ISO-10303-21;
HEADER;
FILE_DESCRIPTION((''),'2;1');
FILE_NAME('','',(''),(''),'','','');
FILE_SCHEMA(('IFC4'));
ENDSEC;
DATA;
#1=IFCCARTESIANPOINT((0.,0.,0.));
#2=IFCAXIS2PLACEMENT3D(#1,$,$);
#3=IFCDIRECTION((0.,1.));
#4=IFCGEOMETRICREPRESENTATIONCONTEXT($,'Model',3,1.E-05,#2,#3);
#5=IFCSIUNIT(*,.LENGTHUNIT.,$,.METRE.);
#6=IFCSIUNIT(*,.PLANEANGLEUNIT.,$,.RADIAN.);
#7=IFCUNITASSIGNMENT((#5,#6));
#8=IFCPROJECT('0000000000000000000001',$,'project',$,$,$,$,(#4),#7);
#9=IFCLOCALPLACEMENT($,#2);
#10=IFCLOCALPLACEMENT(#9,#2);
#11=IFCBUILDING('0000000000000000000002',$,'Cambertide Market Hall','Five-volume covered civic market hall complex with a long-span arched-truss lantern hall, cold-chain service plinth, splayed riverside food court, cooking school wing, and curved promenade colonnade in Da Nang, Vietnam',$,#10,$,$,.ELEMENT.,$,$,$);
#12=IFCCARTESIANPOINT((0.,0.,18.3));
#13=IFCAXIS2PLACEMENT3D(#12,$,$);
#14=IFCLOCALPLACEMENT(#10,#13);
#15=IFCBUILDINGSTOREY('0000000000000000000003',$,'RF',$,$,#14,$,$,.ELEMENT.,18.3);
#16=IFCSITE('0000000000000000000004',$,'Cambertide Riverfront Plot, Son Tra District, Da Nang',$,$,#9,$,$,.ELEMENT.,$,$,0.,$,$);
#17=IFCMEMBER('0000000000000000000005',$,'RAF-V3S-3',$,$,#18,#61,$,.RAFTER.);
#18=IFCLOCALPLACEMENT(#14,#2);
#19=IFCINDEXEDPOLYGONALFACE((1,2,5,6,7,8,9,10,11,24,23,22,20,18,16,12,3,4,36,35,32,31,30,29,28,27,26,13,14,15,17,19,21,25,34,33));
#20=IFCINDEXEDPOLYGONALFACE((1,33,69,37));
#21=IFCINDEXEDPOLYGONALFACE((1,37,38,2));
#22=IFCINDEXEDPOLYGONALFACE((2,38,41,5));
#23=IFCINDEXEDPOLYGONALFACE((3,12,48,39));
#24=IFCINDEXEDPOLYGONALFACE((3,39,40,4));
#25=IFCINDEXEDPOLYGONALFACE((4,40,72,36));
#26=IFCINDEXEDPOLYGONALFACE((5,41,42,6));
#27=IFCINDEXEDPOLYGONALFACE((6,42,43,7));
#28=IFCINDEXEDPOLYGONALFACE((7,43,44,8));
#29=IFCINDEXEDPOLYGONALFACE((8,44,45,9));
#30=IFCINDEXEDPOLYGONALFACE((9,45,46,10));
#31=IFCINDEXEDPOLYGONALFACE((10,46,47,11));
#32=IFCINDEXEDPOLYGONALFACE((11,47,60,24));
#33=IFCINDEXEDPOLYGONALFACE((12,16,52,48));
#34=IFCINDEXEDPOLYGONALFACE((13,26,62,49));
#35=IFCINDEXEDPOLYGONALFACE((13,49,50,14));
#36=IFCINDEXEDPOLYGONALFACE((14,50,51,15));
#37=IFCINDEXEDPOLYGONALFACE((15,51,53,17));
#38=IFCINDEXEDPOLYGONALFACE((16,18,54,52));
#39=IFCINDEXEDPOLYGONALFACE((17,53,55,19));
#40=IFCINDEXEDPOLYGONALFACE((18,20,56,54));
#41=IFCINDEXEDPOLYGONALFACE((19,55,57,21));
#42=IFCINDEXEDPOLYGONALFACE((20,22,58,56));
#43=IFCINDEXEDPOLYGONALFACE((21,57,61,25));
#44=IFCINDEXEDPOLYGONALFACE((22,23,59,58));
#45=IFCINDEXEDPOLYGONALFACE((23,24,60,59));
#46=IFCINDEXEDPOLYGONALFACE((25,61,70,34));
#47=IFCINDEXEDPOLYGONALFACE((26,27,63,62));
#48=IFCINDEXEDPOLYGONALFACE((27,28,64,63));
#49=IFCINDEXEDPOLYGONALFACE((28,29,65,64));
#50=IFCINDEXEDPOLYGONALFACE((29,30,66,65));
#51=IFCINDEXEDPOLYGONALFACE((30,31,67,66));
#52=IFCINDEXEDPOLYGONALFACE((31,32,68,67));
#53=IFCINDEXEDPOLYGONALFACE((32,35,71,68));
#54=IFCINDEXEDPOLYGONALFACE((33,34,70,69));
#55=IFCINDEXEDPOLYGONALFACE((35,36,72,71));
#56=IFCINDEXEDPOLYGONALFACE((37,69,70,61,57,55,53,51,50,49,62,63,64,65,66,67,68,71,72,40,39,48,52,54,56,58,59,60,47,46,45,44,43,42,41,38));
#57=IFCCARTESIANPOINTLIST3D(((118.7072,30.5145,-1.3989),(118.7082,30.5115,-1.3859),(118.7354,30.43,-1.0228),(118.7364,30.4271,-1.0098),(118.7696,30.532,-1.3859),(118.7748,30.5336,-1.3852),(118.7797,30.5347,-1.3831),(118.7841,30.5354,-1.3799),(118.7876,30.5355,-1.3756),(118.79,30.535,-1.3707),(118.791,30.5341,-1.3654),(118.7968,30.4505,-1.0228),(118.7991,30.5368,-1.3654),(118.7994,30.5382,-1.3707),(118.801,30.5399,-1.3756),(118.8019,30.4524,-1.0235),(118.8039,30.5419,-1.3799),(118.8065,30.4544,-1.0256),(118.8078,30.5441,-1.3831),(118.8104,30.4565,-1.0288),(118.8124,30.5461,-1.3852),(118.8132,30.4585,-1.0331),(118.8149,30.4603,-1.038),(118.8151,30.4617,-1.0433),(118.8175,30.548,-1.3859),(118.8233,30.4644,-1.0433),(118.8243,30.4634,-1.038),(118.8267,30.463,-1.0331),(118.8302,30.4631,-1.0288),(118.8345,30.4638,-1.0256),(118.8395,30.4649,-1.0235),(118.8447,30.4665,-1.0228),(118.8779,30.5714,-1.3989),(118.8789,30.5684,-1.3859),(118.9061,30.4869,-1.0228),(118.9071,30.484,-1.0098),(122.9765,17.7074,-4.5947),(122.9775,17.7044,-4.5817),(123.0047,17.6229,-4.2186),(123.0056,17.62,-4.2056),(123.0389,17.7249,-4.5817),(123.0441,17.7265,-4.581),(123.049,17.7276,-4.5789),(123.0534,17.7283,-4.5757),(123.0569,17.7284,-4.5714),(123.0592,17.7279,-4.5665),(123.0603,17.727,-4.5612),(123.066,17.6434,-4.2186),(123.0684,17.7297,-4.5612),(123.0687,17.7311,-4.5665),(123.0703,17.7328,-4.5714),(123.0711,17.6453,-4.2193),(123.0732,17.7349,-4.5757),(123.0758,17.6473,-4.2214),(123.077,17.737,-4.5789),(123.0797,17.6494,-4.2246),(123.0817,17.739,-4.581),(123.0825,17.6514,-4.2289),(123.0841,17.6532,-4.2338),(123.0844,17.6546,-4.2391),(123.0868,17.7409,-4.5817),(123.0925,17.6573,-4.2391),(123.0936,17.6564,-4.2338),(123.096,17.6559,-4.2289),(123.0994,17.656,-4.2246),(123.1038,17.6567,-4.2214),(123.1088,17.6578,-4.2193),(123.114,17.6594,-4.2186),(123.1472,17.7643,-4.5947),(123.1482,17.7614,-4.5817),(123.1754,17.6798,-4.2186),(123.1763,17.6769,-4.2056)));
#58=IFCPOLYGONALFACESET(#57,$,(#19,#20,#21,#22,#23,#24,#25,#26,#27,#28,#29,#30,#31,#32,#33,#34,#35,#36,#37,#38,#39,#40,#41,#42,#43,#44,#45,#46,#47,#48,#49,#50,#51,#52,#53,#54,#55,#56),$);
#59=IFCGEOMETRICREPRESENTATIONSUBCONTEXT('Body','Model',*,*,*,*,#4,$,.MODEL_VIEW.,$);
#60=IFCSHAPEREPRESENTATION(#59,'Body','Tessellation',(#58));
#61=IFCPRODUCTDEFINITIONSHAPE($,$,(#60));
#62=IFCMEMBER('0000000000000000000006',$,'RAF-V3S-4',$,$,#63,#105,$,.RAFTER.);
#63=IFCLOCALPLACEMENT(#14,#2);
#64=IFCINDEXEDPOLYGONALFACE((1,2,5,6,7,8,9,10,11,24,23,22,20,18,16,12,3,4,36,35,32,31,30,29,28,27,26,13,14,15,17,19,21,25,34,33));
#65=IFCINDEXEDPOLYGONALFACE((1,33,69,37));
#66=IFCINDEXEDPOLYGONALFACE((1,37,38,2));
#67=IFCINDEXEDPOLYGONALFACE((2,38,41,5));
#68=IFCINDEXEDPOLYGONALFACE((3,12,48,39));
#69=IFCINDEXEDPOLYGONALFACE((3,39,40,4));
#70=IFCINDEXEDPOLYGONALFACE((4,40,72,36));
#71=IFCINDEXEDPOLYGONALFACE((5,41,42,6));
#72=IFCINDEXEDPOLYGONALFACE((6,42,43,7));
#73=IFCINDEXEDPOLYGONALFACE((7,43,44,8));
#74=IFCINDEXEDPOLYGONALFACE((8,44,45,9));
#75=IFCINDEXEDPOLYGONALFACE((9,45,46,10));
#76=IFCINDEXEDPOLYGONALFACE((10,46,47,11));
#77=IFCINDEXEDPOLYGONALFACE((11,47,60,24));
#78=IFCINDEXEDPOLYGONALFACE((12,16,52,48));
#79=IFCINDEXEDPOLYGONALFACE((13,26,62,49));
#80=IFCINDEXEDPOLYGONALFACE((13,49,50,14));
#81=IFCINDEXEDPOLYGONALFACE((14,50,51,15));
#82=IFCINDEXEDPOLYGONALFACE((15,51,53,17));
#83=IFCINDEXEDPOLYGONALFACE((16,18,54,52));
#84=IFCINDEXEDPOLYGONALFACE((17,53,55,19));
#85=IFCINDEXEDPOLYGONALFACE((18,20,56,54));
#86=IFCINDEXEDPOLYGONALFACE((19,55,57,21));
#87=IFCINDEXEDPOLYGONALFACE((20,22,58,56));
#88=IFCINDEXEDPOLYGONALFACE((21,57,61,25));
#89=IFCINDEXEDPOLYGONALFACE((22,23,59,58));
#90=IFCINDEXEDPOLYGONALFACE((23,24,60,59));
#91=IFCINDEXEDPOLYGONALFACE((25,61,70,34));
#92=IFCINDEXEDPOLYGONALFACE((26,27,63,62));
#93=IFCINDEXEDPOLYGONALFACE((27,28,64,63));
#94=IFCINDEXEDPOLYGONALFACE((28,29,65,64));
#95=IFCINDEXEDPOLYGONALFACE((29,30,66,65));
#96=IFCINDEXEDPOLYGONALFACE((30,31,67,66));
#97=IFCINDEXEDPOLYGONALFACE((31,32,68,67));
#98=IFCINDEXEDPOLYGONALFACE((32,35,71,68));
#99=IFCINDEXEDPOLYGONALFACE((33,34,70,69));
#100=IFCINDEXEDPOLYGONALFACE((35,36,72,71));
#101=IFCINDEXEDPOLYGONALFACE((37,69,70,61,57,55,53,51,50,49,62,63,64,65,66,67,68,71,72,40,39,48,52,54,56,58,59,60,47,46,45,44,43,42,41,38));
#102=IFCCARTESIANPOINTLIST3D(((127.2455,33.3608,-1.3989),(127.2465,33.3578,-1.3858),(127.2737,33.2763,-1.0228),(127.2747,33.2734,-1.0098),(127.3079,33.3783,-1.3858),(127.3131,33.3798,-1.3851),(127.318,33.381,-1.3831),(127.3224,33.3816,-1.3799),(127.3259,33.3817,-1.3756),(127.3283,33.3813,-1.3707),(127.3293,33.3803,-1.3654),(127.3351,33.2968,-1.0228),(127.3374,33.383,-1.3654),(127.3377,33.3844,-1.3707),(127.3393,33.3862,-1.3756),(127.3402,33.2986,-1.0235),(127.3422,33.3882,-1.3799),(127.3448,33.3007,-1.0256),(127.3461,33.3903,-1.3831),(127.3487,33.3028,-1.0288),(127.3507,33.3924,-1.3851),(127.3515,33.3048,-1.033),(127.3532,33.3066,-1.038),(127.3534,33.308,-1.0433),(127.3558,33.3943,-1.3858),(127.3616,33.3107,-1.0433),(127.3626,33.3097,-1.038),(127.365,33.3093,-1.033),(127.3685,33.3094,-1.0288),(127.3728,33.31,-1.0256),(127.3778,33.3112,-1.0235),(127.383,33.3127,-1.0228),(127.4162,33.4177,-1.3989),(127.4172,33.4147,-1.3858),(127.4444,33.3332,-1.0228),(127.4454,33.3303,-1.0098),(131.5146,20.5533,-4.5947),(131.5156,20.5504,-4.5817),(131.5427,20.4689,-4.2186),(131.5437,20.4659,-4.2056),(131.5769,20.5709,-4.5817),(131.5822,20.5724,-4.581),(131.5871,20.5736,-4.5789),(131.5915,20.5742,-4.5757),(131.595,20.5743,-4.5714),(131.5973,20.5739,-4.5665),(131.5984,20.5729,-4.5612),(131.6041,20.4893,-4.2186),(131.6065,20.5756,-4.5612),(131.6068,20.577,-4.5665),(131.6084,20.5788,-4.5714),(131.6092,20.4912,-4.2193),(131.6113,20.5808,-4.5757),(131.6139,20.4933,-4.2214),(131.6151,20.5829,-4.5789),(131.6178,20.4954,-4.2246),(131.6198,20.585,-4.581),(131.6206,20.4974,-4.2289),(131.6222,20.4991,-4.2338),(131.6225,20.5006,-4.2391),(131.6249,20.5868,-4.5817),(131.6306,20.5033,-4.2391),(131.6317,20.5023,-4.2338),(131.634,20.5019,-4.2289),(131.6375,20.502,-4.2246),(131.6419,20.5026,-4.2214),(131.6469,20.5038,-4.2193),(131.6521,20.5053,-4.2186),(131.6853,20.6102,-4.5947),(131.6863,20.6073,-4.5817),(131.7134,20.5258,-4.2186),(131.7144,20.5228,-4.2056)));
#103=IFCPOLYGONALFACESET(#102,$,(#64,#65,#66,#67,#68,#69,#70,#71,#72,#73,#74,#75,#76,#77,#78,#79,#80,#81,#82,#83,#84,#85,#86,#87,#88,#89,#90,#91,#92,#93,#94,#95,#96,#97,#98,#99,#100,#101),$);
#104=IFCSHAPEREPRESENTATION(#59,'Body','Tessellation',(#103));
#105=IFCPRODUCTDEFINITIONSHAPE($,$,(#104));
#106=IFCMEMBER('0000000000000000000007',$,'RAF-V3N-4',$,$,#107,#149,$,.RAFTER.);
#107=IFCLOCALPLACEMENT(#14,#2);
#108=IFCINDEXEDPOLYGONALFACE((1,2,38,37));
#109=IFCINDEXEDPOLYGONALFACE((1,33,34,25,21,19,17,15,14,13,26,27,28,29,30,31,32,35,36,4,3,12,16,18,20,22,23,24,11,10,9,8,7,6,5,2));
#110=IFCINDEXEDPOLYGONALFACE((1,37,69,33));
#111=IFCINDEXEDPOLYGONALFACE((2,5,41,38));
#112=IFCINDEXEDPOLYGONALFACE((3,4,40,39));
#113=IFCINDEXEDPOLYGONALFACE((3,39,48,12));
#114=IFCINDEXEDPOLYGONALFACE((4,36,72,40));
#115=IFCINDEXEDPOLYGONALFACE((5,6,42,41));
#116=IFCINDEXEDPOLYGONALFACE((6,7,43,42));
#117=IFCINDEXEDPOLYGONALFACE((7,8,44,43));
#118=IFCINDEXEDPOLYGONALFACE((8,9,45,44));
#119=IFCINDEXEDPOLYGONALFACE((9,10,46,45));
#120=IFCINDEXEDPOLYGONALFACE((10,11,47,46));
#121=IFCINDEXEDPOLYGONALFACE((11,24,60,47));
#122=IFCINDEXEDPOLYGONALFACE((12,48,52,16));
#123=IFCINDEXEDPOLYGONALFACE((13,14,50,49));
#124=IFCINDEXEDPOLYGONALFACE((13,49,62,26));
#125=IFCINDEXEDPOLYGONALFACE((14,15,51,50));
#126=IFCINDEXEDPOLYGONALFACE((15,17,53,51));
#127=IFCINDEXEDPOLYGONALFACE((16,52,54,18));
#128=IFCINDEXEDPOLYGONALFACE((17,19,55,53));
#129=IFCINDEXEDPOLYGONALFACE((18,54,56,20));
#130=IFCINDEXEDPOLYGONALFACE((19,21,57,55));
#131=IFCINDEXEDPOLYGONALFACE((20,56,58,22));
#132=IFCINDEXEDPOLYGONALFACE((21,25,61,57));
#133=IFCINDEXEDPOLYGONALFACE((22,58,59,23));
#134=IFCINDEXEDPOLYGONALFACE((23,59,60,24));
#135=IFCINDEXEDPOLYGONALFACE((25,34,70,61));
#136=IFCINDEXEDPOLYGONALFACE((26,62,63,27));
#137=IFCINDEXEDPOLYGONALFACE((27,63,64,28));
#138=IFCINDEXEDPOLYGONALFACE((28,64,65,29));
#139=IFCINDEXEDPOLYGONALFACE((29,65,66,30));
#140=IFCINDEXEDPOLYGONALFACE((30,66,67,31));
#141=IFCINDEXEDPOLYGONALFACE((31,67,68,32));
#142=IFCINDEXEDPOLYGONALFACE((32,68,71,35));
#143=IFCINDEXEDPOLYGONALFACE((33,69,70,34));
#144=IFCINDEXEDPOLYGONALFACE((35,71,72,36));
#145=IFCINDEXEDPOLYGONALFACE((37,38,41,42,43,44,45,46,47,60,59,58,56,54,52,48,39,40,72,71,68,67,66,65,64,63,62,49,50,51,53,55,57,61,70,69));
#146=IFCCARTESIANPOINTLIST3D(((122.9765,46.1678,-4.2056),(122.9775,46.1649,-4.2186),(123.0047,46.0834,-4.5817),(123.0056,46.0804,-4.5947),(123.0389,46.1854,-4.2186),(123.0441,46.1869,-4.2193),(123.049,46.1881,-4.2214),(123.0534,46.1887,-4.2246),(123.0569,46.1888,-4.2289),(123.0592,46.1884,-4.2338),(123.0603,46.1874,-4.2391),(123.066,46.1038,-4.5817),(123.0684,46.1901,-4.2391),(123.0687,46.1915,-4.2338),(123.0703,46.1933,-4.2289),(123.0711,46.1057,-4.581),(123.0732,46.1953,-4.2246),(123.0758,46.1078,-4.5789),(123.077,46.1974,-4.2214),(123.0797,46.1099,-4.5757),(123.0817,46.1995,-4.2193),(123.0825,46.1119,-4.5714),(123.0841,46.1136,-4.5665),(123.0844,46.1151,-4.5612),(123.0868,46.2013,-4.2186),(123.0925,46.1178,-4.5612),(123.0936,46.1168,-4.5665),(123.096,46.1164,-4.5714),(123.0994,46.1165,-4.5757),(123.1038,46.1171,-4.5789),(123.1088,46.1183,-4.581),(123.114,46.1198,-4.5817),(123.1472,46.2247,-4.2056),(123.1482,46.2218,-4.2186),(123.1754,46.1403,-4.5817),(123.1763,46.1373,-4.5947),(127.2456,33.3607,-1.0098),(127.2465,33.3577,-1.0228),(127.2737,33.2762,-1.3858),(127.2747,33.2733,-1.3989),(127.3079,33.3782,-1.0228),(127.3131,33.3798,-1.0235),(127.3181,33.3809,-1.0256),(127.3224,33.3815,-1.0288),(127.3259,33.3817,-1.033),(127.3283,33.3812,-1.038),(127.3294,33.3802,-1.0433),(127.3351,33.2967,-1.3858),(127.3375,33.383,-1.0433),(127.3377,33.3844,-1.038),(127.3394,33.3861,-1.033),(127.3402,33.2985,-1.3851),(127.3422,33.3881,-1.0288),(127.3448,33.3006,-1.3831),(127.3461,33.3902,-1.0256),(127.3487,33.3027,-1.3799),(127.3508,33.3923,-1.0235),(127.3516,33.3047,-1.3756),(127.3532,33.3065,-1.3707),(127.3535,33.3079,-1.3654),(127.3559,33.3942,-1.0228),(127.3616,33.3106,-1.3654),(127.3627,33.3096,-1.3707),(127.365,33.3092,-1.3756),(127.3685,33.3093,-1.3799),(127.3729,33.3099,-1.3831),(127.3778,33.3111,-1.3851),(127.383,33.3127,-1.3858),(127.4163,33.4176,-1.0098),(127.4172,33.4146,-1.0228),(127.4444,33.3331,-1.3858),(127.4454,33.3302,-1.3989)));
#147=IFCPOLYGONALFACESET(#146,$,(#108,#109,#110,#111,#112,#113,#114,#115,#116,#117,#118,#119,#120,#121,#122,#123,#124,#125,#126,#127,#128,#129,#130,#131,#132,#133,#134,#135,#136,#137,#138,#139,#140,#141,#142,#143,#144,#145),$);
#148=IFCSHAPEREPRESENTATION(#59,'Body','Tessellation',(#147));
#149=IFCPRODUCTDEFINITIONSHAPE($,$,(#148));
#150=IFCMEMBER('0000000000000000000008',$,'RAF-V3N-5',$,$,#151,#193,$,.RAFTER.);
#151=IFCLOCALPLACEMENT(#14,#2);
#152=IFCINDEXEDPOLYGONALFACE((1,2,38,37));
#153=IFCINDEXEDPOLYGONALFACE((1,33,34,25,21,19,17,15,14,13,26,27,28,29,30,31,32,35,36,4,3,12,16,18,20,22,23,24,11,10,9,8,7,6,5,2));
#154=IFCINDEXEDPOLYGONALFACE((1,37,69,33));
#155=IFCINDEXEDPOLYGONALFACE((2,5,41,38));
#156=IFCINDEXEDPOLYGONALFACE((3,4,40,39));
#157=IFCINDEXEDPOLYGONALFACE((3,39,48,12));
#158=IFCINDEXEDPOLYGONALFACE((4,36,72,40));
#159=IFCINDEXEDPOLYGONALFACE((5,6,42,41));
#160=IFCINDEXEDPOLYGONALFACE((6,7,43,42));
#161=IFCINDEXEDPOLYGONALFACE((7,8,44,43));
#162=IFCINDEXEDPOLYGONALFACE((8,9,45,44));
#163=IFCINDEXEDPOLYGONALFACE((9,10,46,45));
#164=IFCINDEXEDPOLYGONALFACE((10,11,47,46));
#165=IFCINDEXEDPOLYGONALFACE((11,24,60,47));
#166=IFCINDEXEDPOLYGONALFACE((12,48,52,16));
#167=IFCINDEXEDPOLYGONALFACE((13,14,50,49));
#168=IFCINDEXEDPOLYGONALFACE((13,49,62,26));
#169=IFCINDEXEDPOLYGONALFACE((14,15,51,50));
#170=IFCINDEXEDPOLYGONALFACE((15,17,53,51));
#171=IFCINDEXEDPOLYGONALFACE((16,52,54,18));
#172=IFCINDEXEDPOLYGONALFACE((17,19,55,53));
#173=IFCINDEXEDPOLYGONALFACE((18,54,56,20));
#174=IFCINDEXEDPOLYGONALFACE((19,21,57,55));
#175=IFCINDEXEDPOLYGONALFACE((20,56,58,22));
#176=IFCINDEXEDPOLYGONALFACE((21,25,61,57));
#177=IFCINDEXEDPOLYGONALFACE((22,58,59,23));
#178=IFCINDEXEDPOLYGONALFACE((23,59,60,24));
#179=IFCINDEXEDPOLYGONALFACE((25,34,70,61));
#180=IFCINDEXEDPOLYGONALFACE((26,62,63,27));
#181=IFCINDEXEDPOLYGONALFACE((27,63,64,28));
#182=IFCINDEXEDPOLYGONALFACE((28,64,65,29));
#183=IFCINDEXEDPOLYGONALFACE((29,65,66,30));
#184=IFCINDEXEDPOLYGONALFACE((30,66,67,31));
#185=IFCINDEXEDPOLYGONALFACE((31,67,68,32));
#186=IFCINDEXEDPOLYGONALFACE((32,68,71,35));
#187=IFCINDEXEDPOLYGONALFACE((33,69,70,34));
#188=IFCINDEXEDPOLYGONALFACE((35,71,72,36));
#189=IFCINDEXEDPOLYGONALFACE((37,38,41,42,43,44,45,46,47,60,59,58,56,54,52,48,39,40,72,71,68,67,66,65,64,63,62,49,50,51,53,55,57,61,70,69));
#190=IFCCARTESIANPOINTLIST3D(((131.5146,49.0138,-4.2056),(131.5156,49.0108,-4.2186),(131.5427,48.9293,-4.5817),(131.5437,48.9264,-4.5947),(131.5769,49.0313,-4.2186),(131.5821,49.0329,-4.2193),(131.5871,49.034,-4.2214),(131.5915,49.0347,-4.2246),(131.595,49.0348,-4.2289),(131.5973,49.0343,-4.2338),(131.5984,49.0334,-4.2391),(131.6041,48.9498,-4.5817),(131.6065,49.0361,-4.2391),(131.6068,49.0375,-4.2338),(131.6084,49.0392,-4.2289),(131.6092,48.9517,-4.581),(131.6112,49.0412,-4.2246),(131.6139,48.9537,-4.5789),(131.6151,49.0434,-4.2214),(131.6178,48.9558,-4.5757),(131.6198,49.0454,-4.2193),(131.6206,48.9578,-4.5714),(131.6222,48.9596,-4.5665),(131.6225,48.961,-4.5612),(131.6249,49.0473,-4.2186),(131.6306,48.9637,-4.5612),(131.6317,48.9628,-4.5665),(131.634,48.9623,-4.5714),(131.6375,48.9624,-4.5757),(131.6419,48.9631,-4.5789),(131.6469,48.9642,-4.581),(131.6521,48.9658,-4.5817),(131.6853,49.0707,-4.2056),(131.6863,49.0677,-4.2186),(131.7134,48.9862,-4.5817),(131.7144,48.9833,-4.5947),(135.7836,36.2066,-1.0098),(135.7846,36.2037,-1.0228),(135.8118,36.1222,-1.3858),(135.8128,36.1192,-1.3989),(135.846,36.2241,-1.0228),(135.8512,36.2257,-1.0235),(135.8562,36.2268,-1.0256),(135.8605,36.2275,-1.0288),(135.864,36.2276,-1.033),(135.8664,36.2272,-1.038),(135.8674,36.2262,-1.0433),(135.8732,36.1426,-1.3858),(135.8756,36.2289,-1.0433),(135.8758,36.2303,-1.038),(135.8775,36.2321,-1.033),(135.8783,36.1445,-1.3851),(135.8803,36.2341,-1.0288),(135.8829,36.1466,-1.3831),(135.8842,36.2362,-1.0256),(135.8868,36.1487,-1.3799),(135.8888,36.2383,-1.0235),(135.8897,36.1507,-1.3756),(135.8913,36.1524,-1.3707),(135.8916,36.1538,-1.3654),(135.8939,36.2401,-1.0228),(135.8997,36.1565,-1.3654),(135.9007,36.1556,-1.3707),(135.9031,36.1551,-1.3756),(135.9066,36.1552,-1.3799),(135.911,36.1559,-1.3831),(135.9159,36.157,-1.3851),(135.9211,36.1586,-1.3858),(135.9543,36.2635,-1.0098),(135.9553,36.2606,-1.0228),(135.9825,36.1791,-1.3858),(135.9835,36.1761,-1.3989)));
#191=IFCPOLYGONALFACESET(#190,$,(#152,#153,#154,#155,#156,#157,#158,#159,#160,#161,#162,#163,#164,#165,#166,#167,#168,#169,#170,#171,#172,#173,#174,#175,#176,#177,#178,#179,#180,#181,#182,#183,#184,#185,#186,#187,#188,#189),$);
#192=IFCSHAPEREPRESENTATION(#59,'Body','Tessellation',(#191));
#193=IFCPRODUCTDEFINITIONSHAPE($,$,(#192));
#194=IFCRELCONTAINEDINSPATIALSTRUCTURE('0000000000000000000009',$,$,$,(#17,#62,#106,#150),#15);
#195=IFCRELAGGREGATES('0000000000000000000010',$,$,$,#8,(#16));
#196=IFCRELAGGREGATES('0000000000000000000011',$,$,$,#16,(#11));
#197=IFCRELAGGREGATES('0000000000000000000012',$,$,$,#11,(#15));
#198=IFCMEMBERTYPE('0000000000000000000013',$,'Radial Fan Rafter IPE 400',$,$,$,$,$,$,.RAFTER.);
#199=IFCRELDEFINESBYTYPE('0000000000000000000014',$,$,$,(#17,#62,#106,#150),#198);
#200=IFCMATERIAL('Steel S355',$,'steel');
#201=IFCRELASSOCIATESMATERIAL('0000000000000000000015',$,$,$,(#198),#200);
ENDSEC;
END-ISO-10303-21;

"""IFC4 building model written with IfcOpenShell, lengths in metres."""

from ifc_helpers import new_model, si_unit, direction, frame, origin, origin_2d, place, context, subcontext, project, spatial, i_section, extrude, material, material_profile, profile_set, type_object, element, save


model = new_model("IFC4")

# Units and contexts
model_context = context("Model", 3, precision=1e-05, world=origin(), true_north=direction((0.0, 1.0)))
body_context = subcontext(model_context, "Body", "Model", "MODEL_VIEW")
ifc_project = project(units=[si_unit("LENGTHUNIT", "METRE"), si_unit("PLANEANGLEUNIT", "RADIAN")], contexts=[model_context])

# Site, building, storey
site_placement = place(None, origin())
site = spatial("IfcSite", under=ifc_project, at=site_placement, Name="Cambertide Riverfront Plot, Son Tra District, Da Nang", CompositionType="ELEMENT", RefElevation=0.0)
building_placement = place(site_placement, origin())
building = spatial("IfcBuilding", under=site, at=building_placement, Name="Cambertide Market Hall", Description="Five-volume covered civic market hall complex with a long-span arched-truss lantern hall, cold-chain service plinth, splayed riverside food court, cooking school wing, and curved promenade colonnade in Da Nang, Vietnam", CompositionType="ELEMENT")
storey_placement = place(building_placement, frame((0.0, 0.0, 18.3)))
storey = spatial("IfcBuildingStorey", under=building, at=storey_placement, Name="RF", CompositionType="ELEMENT", Elevation=18.3)

# Members
ifc_material_1 = material(Name="Steel S355", Category="steel")
ifc_material_profile_1 = material_profile(ifc_material_1, i_section(OverallWidth=0.1799, OverallDepth=0.3999, WebThickness=0.0085, FlangeThickness=0.0134, FilletRadius=0.021, at=origin_2d()), Name="IPE 400")
ifc_profile_set_1 = profile_set([ifc_material_profile_1], Name="Steel S355")
member_type_1 = type_object("IfcMemberType", Name="Radial Fan Rafter IPE 400", PredefinedType="RAFTER", material=ifc_profile_set_1)
member_1_placement = place(storey_placement, frame((123.0764, 17.6921, -4.4001), z_axis=(-0.307739, 0.923164, 0.23036), x_axis=(-0.948678, -0.316244, 0.0)))
element("IfcMember", 1, at=member_1_placement, inside=storey, type_object=member_type_1, Name="RAF-V3S-3", PredefinedType="RAFTER", context=body_context, shape_type="SweptSolid", body=[
    extrude(i_section(OverallWidth=0.1799, OverallDepth=0.3999, WebThickness=0.0085, FlangeThickness=0.0134, FilletRadius=0.021, at=origin_2d()), origin(), (0.0, 0.0, 1.0), 13.873),
])
member_2_placement = place(storey_placement, frame((131.6145, 20.5381, -4.4001), z_axis=(-0.307718, 0.923171, 0.230357), x_axis=(-0.948685, -0.316222, 0.0)))
element("IfcMember", 2, at=member_2_placement, inside=storey, type_object=member_type_1, Name="RAF-V3S-4", PredefinedType="RAFTER", context=body_context, shape_type="SweptSolid", body=[
    extrude(i_section(OverallWidth=0.1799, OverallDepth=0.3999, WebThickness=0.0085, FlangeThickness=0.0134, FilletRadius=0.021, at=origin_2d()), origin(), (0.0, 0.0, 1.0), 13.8733),
])
for number, where, z_axis, x_axis, name in (
    (3, (123.0764, 46.1526, -4.4001), (0.307723, -0.923169, 0.230361), (0.948683, 0.316228, 0.0), "RAF-V3N-4"),
    (4, (131.6145, 48.9985, -4.4001), (0.307723, -0.923169, 0.230361), (0.948683, 0.316228, 0.0), "RAF-V3N-5"),
):
    element("IfcMember", number, at=place(storey_placement, frame(where, z_axis=z_axis, x_axis=x_axis)), inside=storey, type_object=member_type_1, Name=name, PredefinedType="RAFTER", context=body_context, shape_type="SweptSolid", body=[
        extrude(i_section(OverallWidth=0.1799, OverallDepth=0.3999, WebThickness=0.0085, FlangeThickness=0.0134, FilletRadius=0.021, at=origin_2d()), origin(), (0.0, 0.0, 1.0), 13.873),
    ])

save(model, "model.ifc")
